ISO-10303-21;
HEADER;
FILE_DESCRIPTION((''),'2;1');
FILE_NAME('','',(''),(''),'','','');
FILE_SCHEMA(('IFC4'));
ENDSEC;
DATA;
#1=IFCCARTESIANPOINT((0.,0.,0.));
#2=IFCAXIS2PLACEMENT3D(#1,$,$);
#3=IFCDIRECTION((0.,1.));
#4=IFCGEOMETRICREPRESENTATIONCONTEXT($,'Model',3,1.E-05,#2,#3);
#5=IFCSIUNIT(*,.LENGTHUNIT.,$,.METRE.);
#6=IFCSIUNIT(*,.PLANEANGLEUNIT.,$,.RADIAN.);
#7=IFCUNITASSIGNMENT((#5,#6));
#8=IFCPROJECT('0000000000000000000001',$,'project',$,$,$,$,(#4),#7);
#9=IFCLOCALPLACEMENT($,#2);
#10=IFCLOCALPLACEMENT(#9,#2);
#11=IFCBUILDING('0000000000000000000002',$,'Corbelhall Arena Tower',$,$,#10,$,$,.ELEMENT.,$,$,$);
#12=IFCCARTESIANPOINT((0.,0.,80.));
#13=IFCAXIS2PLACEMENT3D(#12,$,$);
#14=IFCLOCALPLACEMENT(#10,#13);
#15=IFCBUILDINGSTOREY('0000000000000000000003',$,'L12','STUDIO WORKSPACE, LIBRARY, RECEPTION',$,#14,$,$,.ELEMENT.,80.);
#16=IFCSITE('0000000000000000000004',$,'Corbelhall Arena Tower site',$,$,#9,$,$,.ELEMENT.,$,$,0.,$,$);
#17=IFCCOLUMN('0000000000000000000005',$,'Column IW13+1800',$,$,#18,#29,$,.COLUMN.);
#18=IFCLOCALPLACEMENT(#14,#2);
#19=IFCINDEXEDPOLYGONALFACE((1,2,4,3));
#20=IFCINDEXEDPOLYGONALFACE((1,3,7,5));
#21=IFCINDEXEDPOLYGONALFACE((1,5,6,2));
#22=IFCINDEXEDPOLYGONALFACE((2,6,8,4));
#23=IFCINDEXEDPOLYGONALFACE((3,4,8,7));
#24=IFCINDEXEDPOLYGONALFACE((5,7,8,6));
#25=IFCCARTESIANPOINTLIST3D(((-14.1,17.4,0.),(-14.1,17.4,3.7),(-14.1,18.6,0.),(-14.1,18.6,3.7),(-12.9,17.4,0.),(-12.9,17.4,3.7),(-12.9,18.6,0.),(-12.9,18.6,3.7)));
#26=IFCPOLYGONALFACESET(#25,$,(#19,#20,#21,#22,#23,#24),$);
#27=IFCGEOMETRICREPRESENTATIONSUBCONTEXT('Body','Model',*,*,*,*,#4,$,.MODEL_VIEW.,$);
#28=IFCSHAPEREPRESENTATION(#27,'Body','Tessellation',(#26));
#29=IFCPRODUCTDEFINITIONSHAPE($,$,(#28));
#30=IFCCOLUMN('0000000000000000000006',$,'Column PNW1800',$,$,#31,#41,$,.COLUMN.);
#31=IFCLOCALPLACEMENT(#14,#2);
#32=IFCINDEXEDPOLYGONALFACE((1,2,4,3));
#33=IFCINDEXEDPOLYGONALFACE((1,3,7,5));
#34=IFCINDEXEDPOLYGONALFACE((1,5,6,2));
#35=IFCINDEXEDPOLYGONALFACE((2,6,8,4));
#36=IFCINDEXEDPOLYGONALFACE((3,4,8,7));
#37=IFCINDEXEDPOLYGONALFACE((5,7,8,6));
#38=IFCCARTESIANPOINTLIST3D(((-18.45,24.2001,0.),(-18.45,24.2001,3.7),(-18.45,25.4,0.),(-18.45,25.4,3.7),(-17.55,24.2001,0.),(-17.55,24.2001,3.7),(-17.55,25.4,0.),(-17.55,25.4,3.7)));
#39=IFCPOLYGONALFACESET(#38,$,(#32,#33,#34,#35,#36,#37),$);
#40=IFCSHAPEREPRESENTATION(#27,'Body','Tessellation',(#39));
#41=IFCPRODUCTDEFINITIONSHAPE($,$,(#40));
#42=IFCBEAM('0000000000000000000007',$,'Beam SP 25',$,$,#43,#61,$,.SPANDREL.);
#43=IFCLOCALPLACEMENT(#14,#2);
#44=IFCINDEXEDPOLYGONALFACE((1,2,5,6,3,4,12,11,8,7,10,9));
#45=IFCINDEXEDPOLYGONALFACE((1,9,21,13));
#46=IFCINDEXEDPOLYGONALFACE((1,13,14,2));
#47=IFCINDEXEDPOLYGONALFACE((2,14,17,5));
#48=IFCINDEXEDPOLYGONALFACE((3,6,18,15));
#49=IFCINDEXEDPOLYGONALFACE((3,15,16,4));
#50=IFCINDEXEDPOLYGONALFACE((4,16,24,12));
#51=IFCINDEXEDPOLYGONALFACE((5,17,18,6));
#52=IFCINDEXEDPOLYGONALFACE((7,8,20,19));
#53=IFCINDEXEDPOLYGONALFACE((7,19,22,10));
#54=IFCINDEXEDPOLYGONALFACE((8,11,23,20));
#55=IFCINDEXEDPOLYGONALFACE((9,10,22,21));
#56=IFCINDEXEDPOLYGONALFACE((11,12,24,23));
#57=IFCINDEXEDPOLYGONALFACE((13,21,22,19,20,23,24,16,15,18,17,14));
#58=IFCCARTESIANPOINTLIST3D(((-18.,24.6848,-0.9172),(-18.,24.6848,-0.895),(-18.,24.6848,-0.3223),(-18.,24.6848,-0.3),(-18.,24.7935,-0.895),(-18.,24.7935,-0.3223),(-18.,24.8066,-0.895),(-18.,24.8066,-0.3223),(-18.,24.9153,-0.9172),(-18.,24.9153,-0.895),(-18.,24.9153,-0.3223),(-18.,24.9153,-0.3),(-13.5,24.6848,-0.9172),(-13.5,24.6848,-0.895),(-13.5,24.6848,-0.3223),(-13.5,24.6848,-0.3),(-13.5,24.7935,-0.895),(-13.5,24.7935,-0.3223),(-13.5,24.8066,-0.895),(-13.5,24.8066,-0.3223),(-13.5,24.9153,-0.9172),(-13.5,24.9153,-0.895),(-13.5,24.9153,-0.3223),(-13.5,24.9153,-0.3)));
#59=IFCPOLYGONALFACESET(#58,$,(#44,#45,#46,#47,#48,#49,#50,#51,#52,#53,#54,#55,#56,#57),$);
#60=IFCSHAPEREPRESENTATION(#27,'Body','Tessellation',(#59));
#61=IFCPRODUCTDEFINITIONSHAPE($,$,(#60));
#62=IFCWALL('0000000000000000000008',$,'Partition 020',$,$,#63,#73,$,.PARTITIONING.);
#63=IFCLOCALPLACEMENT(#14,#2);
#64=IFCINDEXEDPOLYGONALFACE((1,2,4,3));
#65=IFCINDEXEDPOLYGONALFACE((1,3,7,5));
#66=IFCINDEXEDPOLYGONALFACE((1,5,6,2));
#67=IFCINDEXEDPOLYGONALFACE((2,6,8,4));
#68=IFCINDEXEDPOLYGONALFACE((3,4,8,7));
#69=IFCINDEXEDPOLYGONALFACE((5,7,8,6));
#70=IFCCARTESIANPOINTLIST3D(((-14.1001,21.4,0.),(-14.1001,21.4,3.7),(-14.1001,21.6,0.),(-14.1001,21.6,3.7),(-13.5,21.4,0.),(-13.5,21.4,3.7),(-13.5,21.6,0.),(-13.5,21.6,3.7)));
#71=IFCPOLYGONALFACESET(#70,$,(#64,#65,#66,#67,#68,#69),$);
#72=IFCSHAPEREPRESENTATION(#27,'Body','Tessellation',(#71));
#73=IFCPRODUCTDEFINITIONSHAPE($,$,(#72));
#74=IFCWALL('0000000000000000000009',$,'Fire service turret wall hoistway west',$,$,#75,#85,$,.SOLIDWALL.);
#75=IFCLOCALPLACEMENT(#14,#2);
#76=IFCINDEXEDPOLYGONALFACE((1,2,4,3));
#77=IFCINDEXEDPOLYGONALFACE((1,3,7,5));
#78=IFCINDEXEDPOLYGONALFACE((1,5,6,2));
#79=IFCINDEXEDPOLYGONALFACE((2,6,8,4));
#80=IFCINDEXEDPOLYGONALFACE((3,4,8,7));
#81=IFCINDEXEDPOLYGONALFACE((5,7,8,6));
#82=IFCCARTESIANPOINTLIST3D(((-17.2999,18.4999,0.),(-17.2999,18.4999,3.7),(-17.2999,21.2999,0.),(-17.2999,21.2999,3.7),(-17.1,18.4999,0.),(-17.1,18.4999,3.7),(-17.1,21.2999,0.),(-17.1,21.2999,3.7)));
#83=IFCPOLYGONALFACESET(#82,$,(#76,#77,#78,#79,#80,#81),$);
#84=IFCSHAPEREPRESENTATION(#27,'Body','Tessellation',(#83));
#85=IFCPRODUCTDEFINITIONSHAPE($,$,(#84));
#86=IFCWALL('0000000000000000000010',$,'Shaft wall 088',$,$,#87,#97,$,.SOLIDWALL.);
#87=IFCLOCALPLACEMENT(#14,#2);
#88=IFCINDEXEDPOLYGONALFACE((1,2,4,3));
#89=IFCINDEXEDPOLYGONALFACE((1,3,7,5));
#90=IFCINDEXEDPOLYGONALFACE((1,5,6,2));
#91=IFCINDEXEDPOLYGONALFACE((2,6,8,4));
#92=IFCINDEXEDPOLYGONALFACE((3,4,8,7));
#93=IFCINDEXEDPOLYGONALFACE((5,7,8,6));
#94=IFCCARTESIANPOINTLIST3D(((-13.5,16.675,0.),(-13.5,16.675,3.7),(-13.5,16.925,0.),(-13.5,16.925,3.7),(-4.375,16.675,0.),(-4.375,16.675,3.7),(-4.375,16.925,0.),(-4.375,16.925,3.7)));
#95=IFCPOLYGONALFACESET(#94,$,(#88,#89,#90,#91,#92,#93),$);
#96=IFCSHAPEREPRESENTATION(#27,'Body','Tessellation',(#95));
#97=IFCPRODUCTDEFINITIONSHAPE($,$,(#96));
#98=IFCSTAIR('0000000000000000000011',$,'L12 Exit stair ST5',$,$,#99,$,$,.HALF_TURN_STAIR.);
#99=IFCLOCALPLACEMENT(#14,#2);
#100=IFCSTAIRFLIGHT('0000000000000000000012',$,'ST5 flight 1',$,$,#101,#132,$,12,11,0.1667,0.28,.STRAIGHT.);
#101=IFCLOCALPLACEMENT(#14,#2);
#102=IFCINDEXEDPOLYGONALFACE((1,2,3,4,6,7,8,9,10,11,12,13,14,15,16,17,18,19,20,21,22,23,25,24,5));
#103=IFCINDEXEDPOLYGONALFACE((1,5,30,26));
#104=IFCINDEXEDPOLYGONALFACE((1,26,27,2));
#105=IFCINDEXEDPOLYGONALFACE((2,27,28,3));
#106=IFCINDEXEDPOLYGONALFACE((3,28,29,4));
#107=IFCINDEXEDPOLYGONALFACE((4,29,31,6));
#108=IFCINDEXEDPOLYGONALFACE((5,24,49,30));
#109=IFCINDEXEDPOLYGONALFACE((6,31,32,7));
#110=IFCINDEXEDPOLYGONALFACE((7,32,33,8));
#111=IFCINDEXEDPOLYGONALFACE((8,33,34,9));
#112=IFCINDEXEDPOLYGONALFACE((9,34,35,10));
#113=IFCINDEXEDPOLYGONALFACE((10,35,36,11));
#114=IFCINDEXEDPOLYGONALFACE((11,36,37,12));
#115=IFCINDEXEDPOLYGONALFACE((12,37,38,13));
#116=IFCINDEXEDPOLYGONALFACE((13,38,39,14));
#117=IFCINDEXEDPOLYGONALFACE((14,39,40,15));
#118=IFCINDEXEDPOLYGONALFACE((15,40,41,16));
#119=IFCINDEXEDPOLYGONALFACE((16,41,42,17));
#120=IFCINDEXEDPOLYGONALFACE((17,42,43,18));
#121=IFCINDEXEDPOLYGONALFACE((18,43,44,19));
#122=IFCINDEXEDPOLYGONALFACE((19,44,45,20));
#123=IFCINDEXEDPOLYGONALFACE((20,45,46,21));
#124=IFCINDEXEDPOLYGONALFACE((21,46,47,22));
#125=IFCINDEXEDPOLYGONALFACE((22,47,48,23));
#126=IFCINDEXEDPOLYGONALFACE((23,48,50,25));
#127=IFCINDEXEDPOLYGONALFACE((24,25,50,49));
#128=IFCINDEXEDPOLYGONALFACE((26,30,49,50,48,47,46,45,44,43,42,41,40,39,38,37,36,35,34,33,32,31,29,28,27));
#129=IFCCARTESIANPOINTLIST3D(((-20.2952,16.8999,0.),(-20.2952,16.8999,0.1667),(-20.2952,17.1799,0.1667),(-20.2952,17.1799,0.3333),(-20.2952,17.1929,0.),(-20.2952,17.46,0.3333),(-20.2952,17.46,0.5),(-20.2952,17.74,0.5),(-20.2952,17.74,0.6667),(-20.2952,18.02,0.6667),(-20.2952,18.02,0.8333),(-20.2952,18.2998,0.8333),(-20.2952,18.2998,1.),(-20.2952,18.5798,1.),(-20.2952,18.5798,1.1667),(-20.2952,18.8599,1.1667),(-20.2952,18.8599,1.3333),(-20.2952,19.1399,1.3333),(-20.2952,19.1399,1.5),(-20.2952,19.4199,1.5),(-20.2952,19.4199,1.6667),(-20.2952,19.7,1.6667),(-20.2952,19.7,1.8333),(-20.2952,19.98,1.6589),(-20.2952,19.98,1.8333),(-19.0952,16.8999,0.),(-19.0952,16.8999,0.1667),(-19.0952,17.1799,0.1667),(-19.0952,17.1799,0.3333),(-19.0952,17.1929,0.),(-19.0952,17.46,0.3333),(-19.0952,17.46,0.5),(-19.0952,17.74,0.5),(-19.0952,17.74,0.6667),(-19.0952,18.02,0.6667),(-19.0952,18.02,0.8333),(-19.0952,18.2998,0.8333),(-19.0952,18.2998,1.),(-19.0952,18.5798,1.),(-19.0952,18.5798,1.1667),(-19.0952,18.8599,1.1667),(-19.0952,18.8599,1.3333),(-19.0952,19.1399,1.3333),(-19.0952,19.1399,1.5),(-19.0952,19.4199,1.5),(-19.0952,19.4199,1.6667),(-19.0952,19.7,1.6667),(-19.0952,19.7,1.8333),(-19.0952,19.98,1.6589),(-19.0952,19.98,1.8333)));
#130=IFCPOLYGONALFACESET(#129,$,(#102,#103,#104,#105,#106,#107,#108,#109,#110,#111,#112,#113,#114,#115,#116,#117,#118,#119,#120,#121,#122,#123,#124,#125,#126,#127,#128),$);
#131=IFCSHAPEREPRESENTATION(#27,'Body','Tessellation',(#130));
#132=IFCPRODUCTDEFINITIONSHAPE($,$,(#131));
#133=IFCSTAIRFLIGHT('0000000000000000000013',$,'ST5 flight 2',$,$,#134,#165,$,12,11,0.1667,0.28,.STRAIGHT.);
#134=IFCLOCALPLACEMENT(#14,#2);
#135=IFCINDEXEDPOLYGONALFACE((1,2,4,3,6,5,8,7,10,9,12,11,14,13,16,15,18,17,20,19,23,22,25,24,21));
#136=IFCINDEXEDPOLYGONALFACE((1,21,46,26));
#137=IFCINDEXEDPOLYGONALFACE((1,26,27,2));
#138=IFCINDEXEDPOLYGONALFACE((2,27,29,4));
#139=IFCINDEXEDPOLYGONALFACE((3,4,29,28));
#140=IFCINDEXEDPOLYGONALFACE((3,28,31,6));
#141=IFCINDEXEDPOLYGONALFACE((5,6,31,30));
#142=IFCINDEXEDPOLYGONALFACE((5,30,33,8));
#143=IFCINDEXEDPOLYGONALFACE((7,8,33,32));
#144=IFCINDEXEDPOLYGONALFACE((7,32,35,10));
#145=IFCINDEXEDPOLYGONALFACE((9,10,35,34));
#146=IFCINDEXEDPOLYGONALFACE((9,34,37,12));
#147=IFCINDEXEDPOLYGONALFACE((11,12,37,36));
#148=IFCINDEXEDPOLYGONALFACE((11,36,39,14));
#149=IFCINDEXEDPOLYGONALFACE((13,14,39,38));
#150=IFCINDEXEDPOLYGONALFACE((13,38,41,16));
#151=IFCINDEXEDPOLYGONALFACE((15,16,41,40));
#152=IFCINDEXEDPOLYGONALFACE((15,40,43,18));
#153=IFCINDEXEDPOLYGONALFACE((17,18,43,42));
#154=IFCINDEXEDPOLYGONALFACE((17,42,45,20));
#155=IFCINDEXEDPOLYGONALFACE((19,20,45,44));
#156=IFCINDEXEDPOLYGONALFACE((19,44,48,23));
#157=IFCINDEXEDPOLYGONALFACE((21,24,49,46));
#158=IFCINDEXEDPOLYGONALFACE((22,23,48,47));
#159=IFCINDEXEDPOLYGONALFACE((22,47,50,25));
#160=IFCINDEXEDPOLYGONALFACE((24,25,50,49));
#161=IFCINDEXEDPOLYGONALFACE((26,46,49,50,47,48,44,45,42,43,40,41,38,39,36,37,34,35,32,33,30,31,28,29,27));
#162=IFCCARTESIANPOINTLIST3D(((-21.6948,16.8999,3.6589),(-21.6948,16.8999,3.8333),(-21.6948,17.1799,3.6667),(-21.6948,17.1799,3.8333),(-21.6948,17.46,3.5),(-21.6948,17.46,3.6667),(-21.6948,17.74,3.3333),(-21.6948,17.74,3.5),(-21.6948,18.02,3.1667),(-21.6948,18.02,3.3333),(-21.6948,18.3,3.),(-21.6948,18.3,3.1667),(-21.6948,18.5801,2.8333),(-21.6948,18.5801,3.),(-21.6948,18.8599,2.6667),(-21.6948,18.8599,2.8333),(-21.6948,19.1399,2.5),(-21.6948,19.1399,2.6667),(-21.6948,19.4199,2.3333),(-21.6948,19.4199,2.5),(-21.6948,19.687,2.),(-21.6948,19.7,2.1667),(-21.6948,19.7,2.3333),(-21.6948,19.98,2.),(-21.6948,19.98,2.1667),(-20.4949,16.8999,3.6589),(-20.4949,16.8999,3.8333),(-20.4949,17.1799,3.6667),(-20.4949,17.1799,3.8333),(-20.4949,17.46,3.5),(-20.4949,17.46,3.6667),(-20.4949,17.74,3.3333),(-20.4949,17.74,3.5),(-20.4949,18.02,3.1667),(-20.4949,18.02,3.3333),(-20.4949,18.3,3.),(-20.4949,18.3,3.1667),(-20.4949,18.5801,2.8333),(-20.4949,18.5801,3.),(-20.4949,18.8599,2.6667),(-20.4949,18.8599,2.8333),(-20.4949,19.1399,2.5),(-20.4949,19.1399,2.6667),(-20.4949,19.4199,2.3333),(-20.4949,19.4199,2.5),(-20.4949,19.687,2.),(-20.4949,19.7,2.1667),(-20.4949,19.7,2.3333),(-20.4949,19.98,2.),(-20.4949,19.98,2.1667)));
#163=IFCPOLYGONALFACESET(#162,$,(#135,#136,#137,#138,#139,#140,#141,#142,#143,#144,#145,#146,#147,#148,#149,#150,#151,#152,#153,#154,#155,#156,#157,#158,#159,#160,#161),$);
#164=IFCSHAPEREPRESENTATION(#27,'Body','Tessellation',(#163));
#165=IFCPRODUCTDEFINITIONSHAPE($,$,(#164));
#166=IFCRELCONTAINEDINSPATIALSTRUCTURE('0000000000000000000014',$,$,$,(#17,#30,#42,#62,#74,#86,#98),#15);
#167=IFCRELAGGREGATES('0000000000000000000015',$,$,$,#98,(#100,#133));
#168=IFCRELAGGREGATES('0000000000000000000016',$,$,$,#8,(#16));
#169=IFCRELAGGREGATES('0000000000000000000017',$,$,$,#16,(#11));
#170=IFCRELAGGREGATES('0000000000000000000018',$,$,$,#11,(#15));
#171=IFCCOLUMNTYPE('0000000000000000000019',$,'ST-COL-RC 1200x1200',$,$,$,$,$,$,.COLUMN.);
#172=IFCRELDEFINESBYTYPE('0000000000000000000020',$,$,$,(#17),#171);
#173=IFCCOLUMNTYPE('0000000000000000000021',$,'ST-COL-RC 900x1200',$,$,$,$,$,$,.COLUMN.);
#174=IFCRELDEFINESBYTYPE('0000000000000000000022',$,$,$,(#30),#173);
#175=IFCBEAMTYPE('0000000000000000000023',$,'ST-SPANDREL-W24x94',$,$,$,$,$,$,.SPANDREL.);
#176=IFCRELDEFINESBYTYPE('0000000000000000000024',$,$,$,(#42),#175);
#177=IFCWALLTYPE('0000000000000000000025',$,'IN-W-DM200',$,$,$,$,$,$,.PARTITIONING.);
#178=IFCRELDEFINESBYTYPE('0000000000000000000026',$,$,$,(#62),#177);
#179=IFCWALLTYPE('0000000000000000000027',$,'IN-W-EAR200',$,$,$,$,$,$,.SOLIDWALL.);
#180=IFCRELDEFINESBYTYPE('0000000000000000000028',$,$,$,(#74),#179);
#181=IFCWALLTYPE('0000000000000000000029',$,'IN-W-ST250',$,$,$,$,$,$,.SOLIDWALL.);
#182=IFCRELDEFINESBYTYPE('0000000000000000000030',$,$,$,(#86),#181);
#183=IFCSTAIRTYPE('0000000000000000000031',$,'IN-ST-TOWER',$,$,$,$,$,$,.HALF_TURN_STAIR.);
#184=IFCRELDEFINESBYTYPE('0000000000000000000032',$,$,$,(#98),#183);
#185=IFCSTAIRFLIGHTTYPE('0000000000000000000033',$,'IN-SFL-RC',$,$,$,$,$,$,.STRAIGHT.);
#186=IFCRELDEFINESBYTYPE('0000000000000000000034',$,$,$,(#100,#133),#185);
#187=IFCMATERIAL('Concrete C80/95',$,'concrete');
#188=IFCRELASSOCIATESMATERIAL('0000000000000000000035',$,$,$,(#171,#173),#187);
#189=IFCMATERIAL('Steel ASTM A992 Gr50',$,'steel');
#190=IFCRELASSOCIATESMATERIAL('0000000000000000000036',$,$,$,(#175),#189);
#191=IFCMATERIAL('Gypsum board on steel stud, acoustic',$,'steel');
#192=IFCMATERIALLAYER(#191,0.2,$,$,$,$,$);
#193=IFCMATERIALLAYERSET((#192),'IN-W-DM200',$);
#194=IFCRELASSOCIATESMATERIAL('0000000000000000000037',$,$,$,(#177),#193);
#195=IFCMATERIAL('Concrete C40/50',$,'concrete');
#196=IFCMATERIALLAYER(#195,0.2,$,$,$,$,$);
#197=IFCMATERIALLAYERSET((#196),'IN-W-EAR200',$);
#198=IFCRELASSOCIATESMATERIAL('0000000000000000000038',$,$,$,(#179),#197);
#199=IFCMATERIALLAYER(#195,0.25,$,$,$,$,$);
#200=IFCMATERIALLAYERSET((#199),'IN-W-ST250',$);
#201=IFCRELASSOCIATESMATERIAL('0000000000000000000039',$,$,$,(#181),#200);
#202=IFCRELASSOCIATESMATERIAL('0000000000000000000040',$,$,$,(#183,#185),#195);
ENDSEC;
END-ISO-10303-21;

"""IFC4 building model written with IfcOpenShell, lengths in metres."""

from ifc_helpers import new_model, si_unit, direction, frame, frame_2d, origin, origin_2d, place, context, subcontext, project, spatial, polyline, rectangle, i_section, outline, extrude, material, layer, layer_set, material_profile, profile_set, type_object, element, aggregate, save


model = new_model("IFC4")

# Units and contexts
model_context = context("Model", 3, precision=1e-05, world=origin(), true_north=direction((0.0, 1.0)))
body_context = subcontext(model_context, "Body", "Model", "MODEL_VIEW")
ifc_project = project(units=[si_unit("LENGTHUNIT", "METRE"), si_unit("PLANEANGLEUNIT", "RADIAN")], contexts=[model_context])

# Site, building, storey
site_placement = place(None, origin())
site = spatial("IfcSite", under=ifc_project, at=site_placement, Name="Corbelhall Arena Tower site", CompositionType="ELEMENT", RefElevation=0.0)
building_placement = place(site_placement, origin())
building = spatial("IfcBuilding", under=site, at=building_placement, Name="Corbelhall Arena Tower", CompositionType="ELEMENT")
storey_placement = place(building_placement, frame((0.0, 0.0, 80.0)))
storey = spatial("IfcBuildingStorey", under=building, at=storey_placement, Name="L12", Description="STUDIO WORKSPACE, LIBRARY, RECEPTION", CompositionType="ELEMENT", Elevation=80.0)

# Columns
ifc_material_1 = material(Name="Concrete C80/95", Category="concrete")
ifc_material_profile_1 = material_profile(ifc_material_1, rectangle(XDim=1.2, YDim=1.2, at=origin_2d()))
ifc_profile_set_1 = profile_set([ifc_material_profile_1], Name="Concrete C80/95")
column_type_1 = type_object("IfcColumnType", Name="ST-COL-RC 1200x1200", PredefinedType="COLUMN", material=ifc_profile_set_1)
column_1_placement = place(storey_placement, frame((-13.5, 18.0, 0.0), z_axis=(0.0, 0.0, 1.0), x_axis=(1.0, 0.0, 0.0)))
element("IfcColumn", 1, at=column_1_placement, inside=storey, type_object=column_type_1, Name="Column IW13+1800", PredefinedType="COLUMN", context=body_context, shape_type="SweptSolid", body=[
    extrude(rectangle(XDim=1.2, YDim=1.2, at=origin_2d()), origin(), (0.0, 0.0, 1.0), 3.7),
])
ifc_material_profile_2 = material_profile(ifc_material_1, rectangle(XDim=0.8999, YDim=1.2, at=origin_2d()))
ifc_profile_set_2 = profile_set([ifc_material_profile_2], Name="Concrete C80/95")
column_type_2 = type_object("IfcColumnType", Name="ST-COL-RC 900x1200", PredefinedType="COLUMN", material=ifc_profile_set_2)
column_2_placement = place(storey_placement, frame((-18.0, 24.8, 0.0), z_axis=(0.0, 0.0, 1.0), x_axis=(1.0, 0.0, 0.0)))
element("IfcColumn", 2, at=column_2_placement, inside=storey, type_object=column_type_2, Name="Column PNW1800", PredefinedType="COLUMN", context=body_context, shape_type="SweptSolid", body=[
    extrude(rectangle(XDim=0.8999, YDim=1.2, at=origin_2d()), origin(), (0.0, 0.0, 1.0), 3.7),
])

# Beam
ifc_material_2 = material(Name="Steel ASTM A992 Gr50", Category="steel")
ifc_material_profile_3 = material_profile(ifc_material_2, i_section(OverallWidth=0.2305, OverallDepth=0.6172, WebThickness=0.0132, FlangeThickness=0.0222, at=origin_2d()))
ifc_profile_set_3 = profile_set([ifc_material_profile_3], Name="Steel ASTM A992 Gr50")
beam_type = type_object("IfcBeamType", Name="ST-SPANDREL-W24x94", PredefinedType="SPANDREL", material=ifc_profile_set_3)
beam_placement = place(storey_placement, frame((-18.0, 24.8, -0.6086), z_axis=(1.0, 0.0, 0.0), x_axis=(0.0, 1.0, 0.0)))
element("IfcBeam", 3, at=beam_placement, inside=storey, type_object=beam_type, Name="Beam SP 25", PredefinedType="SPANDREL", context=body_context, shape_type="SweptSolid", body=[
    extrude(i_section(OverallWidth=0.2305, OverallDepth=0.6172, WebThickness=0.0132, FlangeThickness=0.0222, at=origin_2d()), origin(), (0.0, 0.0, 1.0), 4.5),
])

# Wall
ifc_material_3 = material(Name="Gypsum board on steel stud, acoustic", Category="steel")
ifc_layer_1 = layer(ifc_material_3, 0.2)
ifc_layer_set_1 = layer_set([ifc_layer_1], Name="IN-W-DM200")
wall_type_1 = type_object("IfcWallType", Name="IN-W-DM200", PredefinedType="PARTITIONING", material=ifc_layer_set_1)
wall_1_placement = place(storey_placement, frame((-13.5, 21.5, 0.0), z_axis=(0.0, 0.0, 1.0), x_axis=(-1.0, 0.0, 0.0)))
element("IfcWall", 4, at=wall_1_placement, inside=storey, type_object=wall_type_1, Name="Partition 020", PredefinedType="PARTITIONING", context=body_context, shape_type="SweptSolid", body=[
    extrude(rectangle(XDim=0.6001, YDim=0.2, at=frame_2d((0.3, 0.0))), origin(), (0.0, 0.0, 1.0), 3.7),
])

# Wall
ifc_material_4 = material(Name="Concrete C40/50", Category="concrete")
ifc_layer_2 = layer(ifc_material_4, 0.2)
ifc_layer_set_2 = layer_set([ifc_layer_2], Name="IN-W-EAR200")
wall_type_2 = type_object("IfcWallType", Name="IN-W-EAR200", PredefinedType="SOLIDWALL", material=ifc_layer_set_2)
wall_2_placement = place(storey_placement, frame((-17.2, 18.5, 0.0), z_axis=(0.0, 0.0, 1.0), x_axis=(0.0, 1.0, 0.0)))
element("IfcWall", 5, at=wall_2_placement, inside=storey, type_object=wall_type_2, Name="Fire service turret wall hoistway west", PredefinedType="SOLIDWALL", context=body_context, shape_type="SweptSolid", body=[
    extrude(rectangle(XDim=2.8, YDim=0.2, at=frame_2d((1.3999, 0.0))), origin(), (0.0, 0.0, 1.0), 3.7),
])

# Wall
ifc_layer_3 = layer(ifc_material_4, 0.25)
ifc_layer_set_3 = layer_set([ifc_layer_3], Name="IN-W-ST250")
wall_type_3 = type_object("IfcWallType", Name="IN-W-ST250", PredefinedType="SOLIDWALL", material=ifc_layer_set_3)
wall_3_placement = place(storey_placement, frame((-13.5, 16.8, 0.0), z_axis=(0.0, 0.0, 1.0), x_axis=(1.0, 0.0, 0.0)))
element("IfcWall", 6, at=wall_3_placement, inside=storey, type_object=wall_type_3, Name="Shaft wall 088", PredefinedType="SOLIDWALL", context=body_context, shape_type="SweptSolid", body=[
    extrude(rectangle(XDim=9.125, YDim=0.25, at=frame_2d((4.5625, 0.0))), origin(), (0.0, 0.0, 1.0), 3.7),
])

# Stair, stair flights
stair_type = type_object("IfcStairType", Name="IN-ST-TOWER", PredefinedType="HALF_TURN_STAIR", material=ifc_material_4)
stair_placement = place(storey_placement, origin())
stair = element("IfcStair", 7, at=stair_placement, inside=storey, type_object=stair_type, Name="L12 Exit stair ST5", PredefinedType="HALF_TURN_STAIR")
stair_flight_type = type_object("IfcStairFlightType", Name="IN-SFL-RC", PredefinedType="STRAIGHT", material=ifc_material_4)
stair_flight_1_placement = place(storey_placement, frame((-19.6951, 16.8999, 0.0), z_axis=(0.0, 0.0, 1.0), x_axis=(0.0, 1.0, 0.0)))
stair_flight_1 = element("IfcStairFlight", 8, at=stair_flight_1_placement, type_object=stair_flight_type, Name="ST5 flight 1", NumberOfRisers=12, NumberOfTreads=11, PredefinedType="STRAIGHT", RiserHeight=0.1667, TreadLength=0.28, context=body_context, shape_type="SweptSolid", body=[
    extrude(outline(polyline([(0.0, 0.0), (0.0, 0.1667), (0.28, 0.1667), (0.28, 0.3333), (0.5601, 0.3333), (0.5601, 0.5), (0.8401, 0.5), (0.8401, 0.6667), (1.1201, 0.6667), (1.1201, 0.8333), (1.3999, 0.8333), (1.3999, 1.0), (1.6799, 1.0), (1.6799, 1.1667), (1.96, 1.1667), (1.96, 1.3333), (2.24, 1.3333), (2.24, 1.5), (2.52, 1.5), (2.52, 1.6667), (2.8, 1.6667), (2.8, 1.8333), (3.0801, 1.8333), (3.0801, 2.0), (3.0801, 1.6589), (0.293, 0.0), (0.0, 0.0)])), frame((0.0, 0.6001, 0.0), z_axis=(0.0, -1.0, 0.0), x_axis=(1.0, 0.0, 0.0)), (0.0, 0.0, 1.0), 1.2),
])
stair_flight_2_placement = place(storey_placement, frame((-21.095, 19.98, 2.0), z_axis=(0.0, 0.0, 1.0), x_axis=(0.0, -1.0, 0.0)))
stair_flight_2 = element("IfcStairFlight", 9, at=stair_flight_2_placement, type_object=stair_flight_type, Name="ST5 flight 2", NumberOfRisers=12, NumberOfTreads=11, PredefinedType="STRAIGHT", RiserHeight=0.1667, TreadLength=0.28, context=body_context, shape_type="SweptSolid", body=[
    extrude(outline(polyline([(0.0, 0.0), (0.0, 0.1667), (0.28, 0.1667), (0.28, 0.3333), (0.5601, 0.3333), (0.5601, 0.5), (0.8401, 0.5), (0.8401, 0.6667), (1.1201, 0.6667), (1.1201, 0.8333), (1.3999, 0.8333), (1.3999, 1.0), (1.6799, 1.0), (1.6799, 1.1667), (1.96, 1.1667), (1.96, 1.3333), (2.24, 1.3333), (2.24, 1.5), (2.52, 1.5), (2.52, 1.6667), (2.8, 1.6667), (2.8, 1.8333), (3.0801, 1.8333), (3.0801, 2.0), (3.0801, 1.6589), (0.293, 0.0), (0.0, 0.0)])), frame((0.0, 0.6001, 0.0), z_axis=(0.0, -1.0, 0.0), x_axis=(1.0, 0.0, 0.0)), (0.0, 0.0, 1.0), 1.2),
])
aggregate(stair, [stair_flight_1, stair_flight_2])

save(model, "model.ifc")
